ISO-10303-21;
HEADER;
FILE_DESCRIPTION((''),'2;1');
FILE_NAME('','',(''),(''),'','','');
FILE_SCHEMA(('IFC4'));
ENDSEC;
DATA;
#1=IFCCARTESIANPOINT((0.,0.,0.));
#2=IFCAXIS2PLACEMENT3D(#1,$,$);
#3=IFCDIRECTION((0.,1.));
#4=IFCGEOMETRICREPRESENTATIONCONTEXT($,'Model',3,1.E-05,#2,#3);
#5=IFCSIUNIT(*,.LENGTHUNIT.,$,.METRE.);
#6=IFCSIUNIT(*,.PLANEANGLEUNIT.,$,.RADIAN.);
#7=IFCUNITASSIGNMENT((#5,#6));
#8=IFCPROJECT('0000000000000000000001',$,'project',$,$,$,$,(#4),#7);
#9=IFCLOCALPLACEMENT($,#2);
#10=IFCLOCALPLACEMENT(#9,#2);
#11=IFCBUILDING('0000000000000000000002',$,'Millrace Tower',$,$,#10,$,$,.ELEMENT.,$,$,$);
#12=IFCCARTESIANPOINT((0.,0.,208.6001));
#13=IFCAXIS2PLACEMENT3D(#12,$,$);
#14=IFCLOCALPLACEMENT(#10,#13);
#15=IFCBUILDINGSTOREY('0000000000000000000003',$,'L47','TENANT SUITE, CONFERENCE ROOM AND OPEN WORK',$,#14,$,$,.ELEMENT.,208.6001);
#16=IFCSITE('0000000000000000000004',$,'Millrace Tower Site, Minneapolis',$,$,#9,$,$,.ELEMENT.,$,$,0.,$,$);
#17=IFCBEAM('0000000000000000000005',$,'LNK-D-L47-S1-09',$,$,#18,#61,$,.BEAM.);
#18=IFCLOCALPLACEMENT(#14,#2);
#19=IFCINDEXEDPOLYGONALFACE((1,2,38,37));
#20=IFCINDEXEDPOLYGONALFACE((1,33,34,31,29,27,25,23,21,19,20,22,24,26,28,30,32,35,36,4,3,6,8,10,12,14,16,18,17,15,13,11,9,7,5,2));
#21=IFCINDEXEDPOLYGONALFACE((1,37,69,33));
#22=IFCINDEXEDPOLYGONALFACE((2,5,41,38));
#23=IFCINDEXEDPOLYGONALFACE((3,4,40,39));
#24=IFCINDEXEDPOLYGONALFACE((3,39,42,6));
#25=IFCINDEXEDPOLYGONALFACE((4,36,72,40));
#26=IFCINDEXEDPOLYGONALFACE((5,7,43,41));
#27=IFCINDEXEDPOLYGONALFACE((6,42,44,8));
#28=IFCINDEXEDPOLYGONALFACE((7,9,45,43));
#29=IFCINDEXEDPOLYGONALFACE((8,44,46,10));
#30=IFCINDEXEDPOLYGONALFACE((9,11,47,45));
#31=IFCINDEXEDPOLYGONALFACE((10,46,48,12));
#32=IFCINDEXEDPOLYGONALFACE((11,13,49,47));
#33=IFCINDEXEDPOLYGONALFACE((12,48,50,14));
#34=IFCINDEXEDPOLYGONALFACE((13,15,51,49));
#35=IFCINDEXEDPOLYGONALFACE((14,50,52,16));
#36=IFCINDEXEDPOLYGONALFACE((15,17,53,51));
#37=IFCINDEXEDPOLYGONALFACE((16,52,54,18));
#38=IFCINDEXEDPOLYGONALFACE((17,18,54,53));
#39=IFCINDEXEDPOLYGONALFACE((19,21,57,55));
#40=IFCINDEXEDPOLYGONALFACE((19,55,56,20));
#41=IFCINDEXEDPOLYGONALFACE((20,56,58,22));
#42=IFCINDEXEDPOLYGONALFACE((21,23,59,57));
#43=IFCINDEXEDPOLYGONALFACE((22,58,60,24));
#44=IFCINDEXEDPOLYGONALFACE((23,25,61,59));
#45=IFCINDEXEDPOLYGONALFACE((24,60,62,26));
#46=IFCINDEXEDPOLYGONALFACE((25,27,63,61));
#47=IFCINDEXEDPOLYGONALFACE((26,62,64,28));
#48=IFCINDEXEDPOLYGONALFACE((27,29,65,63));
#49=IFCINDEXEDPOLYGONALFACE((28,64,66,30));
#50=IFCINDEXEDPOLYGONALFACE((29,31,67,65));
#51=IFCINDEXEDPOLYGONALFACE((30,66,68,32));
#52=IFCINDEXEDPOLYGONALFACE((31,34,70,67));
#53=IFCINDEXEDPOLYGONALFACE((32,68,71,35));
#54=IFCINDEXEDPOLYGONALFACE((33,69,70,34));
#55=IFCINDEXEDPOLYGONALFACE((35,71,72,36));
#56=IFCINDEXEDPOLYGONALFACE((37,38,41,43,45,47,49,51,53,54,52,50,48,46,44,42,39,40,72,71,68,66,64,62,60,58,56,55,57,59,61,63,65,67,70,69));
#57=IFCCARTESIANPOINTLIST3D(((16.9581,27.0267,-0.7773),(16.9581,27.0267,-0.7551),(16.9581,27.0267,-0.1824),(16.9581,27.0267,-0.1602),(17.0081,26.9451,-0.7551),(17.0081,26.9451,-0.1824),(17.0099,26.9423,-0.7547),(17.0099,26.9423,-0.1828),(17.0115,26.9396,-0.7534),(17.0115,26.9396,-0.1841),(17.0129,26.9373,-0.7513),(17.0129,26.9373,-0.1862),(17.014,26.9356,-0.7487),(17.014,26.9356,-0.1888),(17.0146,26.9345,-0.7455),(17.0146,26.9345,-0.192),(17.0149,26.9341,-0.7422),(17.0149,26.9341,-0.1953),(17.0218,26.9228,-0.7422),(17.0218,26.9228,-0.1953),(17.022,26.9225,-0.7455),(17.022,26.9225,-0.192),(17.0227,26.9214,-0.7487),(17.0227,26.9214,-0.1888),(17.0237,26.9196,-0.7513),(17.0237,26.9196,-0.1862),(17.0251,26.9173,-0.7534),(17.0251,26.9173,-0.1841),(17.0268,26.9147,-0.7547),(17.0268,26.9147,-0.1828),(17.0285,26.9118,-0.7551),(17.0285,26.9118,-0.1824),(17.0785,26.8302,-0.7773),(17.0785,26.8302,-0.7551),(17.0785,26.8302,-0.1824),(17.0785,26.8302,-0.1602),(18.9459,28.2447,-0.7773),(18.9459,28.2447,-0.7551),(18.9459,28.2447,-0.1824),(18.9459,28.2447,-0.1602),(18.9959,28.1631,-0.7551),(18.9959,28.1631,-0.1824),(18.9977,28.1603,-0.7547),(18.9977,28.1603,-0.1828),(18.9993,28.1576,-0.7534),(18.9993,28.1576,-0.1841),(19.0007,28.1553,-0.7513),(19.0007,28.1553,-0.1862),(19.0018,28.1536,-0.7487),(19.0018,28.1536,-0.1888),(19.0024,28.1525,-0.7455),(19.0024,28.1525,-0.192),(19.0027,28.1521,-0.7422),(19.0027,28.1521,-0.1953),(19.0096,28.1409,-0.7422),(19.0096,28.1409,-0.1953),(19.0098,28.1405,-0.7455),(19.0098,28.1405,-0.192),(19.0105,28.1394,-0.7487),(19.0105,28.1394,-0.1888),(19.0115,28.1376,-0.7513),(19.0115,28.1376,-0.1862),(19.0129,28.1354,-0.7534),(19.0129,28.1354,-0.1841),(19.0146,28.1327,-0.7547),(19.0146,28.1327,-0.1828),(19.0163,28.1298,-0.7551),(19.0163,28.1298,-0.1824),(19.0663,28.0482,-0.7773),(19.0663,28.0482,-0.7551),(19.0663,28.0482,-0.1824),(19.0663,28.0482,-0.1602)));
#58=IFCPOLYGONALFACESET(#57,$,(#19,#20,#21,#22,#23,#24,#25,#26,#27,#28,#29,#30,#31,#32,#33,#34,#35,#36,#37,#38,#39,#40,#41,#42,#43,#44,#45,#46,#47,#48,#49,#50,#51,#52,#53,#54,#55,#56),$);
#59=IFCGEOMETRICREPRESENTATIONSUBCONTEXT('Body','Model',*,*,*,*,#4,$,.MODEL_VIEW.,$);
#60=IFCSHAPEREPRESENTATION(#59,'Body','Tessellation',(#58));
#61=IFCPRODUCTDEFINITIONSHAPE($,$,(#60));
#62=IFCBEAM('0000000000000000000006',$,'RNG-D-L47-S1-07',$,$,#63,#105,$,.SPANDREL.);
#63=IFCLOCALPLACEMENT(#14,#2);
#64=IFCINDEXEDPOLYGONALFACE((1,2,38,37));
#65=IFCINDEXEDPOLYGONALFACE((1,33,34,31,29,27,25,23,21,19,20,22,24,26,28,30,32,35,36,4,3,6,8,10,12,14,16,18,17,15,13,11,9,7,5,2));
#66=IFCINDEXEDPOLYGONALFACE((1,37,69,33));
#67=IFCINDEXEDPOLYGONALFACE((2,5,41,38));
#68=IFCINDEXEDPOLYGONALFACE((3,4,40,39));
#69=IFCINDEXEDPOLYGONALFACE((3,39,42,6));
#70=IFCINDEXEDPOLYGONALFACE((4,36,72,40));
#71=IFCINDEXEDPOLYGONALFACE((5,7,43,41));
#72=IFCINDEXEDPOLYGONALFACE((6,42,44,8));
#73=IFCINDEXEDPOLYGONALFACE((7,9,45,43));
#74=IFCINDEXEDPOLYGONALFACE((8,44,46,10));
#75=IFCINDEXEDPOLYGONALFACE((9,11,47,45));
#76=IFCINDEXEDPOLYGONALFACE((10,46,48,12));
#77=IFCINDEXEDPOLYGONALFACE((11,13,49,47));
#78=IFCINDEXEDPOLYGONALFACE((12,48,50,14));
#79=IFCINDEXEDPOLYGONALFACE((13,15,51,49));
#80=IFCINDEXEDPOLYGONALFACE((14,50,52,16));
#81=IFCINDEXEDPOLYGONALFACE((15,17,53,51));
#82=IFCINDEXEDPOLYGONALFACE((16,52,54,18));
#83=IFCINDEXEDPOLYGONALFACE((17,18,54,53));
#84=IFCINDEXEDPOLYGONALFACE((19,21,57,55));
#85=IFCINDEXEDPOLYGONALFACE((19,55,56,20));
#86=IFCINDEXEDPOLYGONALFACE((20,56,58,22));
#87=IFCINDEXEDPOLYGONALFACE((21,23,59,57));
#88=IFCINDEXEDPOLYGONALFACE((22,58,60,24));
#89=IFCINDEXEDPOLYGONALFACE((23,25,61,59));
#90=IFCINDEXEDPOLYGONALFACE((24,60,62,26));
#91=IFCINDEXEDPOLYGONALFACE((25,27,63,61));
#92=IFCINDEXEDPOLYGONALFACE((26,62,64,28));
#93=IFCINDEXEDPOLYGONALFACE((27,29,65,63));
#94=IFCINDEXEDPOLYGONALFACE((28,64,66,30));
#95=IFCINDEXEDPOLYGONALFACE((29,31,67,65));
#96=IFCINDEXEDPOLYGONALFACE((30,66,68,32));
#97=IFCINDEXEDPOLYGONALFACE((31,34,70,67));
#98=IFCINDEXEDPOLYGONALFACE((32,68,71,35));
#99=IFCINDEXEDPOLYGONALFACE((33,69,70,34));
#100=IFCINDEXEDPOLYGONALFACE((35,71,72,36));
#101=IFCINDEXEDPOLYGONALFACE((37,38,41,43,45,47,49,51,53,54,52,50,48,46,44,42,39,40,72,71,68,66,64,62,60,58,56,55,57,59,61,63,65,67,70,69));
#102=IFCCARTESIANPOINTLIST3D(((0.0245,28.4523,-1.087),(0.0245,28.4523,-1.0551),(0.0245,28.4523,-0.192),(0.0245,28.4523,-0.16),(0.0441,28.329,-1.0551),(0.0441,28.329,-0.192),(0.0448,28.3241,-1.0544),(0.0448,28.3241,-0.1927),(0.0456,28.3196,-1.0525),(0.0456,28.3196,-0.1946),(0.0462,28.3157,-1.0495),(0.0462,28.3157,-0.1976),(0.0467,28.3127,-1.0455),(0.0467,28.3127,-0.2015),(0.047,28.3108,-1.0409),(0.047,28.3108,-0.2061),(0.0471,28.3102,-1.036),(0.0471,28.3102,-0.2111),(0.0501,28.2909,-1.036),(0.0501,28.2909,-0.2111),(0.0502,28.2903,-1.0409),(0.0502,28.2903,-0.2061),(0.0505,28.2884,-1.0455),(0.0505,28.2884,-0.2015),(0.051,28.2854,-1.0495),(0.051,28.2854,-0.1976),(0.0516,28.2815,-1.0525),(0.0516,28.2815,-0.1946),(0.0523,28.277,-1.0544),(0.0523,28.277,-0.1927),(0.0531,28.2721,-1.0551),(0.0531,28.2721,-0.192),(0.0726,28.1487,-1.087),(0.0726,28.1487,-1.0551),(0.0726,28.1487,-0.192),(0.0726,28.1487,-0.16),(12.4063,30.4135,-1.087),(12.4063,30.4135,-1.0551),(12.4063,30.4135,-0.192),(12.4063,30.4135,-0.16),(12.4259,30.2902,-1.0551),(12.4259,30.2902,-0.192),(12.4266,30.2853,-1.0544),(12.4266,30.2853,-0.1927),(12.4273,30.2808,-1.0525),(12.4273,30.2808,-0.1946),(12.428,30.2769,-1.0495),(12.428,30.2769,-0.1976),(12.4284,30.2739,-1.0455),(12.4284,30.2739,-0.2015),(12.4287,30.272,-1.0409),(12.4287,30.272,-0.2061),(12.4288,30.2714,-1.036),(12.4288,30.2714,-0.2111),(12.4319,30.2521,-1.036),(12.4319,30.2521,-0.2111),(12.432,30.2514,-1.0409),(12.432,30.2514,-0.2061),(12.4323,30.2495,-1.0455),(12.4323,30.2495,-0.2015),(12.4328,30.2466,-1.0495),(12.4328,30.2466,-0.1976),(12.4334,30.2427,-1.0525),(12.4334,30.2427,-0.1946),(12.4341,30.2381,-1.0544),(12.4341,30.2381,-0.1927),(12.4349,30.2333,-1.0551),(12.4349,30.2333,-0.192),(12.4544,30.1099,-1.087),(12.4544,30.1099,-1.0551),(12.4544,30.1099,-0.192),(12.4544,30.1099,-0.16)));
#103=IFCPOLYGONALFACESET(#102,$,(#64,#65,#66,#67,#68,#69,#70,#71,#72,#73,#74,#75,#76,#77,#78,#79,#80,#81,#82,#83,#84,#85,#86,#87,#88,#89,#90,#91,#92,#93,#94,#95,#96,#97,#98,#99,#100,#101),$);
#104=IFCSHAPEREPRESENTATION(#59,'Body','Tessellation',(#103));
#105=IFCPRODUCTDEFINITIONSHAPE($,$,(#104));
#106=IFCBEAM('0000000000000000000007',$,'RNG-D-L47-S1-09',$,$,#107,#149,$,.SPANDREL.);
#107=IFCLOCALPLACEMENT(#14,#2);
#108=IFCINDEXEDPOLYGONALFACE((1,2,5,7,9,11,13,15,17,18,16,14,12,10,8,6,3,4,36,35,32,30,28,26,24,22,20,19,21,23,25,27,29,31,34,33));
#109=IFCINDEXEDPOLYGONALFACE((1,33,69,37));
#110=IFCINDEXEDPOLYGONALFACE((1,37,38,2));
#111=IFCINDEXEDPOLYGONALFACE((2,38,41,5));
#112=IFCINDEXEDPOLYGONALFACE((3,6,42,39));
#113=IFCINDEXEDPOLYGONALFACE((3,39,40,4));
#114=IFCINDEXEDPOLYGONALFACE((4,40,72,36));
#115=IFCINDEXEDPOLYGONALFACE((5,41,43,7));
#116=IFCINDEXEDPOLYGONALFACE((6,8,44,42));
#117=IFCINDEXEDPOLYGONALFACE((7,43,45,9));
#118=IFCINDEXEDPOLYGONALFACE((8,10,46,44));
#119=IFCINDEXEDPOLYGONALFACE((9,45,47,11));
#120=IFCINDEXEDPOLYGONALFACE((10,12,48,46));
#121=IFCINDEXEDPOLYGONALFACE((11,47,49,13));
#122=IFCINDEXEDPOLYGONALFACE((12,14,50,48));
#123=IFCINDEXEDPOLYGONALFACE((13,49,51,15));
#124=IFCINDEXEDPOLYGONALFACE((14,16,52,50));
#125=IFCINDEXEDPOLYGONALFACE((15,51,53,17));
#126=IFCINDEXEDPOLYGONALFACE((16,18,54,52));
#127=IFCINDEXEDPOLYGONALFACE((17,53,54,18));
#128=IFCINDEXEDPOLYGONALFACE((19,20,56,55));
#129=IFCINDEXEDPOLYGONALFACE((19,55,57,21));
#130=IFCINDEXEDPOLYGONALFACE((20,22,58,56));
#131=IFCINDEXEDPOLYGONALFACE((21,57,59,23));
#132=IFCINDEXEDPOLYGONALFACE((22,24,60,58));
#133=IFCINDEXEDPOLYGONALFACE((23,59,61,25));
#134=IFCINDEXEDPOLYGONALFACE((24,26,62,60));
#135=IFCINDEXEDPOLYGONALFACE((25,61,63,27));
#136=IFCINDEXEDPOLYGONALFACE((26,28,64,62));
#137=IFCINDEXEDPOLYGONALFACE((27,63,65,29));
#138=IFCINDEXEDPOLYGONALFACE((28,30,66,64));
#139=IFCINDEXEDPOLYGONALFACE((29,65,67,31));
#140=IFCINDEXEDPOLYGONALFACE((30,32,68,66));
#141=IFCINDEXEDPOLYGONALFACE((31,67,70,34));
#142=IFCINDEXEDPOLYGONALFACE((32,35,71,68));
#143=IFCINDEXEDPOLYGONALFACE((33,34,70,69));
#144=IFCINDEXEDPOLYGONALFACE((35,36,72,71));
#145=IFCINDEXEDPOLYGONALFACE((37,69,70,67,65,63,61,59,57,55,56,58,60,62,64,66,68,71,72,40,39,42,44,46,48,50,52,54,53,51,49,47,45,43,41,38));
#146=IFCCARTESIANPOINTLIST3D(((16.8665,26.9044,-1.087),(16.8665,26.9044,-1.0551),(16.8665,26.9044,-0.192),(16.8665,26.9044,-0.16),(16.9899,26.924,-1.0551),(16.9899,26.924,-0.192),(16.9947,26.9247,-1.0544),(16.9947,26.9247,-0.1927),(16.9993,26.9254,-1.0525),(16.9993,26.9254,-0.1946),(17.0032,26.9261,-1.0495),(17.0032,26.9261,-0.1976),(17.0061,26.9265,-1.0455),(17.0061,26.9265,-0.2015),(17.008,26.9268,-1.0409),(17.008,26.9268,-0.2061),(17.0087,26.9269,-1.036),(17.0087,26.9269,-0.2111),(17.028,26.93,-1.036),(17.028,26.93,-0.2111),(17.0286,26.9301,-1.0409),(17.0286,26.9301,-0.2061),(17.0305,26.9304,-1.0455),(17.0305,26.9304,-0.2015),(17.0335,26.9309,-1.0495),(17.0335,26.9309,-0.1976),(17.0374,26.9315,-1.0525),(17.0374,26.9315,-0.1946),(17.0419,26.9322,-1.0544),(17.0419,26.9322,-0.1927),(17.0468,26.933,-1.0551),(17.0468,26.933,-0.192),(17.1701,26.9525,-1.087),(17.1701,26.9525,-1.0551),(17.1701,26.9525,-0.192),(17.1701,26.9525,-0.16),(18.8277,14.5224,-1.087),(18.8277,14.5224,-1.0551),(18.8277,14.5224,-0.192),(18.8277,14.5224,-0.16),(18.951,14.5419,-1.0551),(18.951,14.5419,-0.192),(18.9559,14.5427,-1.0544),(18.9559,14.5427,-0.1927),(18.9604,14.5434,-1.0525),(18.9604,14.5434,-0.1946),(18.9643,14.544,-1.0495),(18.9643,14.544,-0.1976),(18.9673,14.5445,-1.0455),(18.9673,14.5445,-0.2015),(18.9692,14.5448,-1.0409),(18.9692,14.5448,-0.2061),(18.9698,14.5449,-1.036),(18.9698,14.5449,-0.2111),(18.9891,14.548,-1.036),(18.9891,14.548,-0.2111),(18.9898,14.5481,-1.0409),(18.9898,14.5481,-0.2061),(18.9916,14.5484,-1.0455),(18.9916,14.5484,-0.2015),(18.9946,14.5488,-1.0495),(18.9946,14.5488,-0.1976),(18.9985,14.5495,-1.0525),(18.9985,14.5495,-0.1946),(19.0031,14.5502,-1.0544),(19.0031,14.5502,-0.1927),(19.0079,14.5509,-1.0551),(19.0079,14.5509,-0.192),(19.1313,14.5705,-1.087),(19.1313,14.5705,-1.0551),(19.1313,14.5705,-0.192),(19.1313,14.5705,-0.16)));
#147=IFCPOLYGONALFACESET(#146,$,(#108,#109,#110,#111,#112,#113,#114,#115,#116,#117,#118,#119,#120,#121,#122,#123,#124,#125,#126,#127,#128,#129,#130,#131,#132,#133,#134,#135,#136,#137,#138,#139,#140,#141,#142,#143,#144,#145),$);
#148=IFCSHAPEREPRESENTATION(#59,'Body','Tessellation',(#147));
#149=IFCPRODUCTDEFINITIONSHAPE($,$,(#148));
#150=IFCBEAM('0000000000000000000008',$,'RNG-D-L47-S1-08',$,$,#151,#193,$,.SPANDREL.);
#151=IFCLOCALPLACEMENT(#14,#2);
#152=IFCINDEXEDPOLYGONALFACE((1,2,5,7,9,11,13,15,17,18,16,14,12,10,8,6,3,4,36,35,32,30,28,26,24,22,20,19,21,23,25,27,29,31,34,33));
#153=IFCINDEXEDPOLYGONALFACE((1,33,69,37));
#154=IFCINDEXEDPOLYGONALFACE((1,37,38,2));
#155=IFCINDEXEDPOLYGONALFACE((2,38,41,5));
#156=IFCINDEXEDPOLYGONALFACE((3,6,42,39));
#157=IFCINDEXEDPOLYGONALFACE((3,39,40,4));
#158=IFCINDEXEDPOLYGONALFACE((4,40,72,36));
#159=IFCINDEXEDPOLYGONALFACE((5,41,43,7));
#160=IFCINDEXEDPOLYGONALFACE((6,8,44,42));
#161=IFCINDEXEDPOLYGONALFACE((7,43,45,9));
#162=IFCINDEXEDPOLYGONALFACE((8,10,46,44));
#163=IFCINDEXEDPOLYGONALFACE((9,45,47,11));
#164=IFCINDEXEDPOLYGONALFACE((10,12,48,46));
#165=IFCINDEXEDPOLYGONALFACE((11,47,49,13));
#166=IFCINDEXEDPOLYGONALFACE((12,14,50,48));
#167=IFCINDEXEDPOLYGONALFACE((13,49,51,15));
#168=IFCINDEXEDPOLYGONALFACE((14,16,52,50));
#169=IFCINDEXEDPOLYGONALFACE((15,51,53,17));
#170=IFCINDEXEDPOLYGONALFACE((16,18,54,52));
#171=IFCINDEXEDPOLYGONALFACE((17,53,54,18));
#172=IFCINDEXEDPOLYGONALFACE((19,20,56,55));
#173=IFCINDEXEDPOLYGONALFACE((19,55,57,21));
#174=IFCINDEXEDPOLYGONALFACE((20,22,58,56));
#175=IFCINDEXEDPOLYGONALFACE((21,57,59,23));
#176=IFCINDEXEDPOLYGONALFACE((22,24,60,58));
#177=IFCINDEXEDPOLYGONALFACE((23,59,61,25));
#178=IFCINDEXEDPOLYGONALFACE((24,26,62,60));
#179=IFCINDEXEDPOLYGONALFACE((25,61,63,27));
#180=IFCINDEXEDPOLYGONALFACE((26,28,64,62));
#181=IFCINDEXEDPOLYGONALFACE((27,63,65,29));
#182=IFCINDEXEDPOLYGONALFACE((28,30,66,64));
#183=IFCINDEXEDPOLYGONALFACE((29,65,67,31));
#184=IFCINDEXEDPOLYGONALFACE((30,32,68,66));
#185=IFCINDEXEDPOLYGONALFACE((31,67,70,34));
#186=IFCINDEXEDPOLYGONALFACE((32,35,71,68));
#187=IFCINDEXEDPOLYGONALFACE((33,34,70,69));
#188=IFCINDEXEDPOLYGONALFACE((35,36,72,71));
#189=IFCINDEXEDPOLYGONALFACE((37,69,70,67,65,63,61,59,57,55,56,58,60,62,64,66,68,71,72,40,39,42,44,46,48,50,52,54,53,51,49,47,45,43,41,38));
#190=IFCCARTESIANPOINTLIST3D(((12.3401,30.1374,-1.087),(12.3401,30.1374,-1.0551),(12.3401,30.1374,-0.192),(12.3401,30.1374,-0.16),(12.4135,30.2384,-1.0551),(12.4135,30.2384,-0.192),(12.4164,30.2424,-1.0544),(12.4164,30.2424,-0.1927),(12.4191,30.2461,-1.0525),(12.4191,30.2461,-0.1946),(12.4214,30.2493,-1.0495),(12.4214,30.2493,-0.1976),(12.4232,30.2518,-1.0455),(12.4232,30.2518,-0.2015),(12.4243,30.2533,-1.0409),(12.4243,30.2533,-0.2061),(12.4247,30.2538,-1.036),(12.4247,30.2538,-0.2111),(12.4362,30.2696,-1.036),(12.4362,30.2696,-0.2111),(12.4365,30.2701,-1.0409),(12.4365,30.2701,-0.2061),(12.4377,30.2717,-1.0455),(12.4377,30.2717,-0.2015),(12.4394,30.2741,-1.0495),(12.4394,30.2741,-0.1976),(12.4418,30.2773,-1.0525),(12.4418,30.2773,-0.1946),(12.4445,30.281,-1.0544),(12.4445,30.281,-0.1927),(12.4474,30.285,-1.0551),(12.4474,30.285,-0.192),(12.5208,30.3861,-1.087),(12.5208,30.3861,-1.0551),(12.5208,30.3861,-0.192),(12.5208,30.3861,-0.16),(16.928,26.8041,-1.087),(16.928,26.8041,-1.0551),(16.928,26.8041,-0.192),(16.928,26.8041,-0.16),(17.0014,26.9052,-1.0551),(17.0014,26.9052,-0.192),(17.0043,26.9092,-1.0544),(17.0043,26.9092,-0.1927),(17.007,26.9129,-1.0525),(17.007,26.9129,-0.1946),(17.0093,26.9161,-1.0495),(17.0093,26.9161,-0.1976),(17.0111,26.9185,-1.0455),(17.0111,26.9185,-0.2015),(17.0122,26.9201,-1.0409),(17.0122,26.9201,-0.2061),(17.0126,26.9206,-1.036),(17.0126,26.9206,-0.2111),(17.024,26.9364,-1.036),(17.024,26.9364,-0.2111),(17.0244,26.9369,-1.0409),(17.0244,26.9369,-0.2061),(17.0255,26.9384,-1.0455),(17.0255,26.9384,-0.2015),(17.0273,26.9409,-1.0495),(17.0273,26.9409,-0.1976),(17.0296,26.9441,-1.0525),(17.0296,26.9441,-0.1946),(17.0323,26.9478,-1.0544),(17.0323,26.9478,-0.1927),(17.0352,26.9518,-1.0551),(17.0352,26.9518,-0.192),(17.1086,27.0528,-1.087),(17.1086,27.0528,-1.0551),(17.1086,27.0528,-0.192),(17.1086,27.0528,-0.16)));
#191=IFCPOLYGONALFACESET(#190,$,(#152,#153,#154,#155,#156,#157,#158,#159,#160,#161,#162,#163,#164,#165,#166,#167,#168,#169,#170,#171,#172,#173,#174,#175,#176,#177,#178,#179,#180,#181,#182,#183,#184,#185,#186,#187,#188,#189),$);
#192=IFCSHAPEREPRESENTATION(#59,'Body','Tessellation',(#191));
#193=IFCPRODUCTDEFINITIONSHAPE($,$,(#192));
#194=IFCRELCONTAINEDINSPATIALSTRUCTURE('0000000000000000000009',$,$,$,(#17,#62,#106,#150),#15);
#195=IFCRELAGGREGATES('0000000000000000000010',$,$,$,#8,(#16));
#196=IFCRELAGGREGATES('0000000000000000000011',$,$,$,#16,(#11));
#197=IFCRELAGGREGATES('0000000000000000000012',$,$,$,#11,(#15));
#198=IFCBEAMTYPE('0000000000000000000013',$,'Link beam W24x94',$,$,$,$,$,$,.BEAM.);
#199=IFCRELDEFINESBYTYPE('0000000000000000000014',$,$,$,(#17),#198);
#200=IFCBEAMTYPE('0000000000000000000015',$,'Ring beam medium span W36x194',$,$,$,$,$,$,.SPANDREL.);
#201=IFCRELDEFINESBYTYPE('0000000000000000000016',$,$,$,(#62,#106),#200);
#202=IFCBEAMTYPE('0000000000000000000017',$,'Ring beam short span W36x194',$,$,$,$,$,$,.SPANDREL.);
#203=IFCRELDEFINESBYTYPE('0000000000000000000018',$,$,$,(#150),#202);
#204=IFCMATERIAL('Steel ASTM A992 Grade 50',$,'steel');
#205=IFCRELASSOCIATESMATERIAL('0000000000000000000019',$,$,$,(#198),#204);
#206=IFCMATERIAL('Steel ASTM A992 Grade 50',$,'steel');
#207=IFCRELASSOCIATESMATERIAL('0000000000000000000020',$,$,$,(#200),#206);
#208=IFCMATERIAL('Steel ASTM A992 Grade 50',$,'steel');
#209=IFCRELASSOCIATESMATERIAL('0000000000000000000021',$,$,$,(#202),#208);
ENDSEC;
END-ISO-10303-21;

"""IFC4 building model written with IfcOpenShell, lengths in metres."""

from ifc_helpers import new_model, si_unit, direction, frame, origin, origin_2d, place, context, subcontext, project, spatial, i_section, extrude, material, material_profile, profile_set, type_object, element, save


model = new_model("IFC4")

# Units and contexts
model_context = context("Model", 3, precision=1e-05, world=origin(), true_north=direction((0.0, 1.0)))
body_context = subcontext(model_context, "Body", "Model", "MODEL_VIEW")
ifc_project = project(units=[si_unit("LENGTHUNIT", "METRE"), si_unit("PLANEANGLEUNIT", "RADIAN")], contexts=[model_context])

# Site, building, storey
site_placement = place(None, origin())
site = spatial("IfcSite", under=ifc_project, at=site_placement, Name="Millrace Tower Site, Minneapolis", CompositionType="ELEMENT", RefElevation=0.0)
building_placement = place(site_placement, origin())
building = spatial("IfcBuilding", under=site, at=building_placement, Name="Millrace Tower", CompositionType="ELEMENT")
storey_placement = place(building_placement, frame((0.0, 0.0, 208.6001)))
storey = spatial("IfcBuildingStorey", under=building, at=storey_placement, Name="L47", Description="TENANT SUITE, CONFERENCE ROOM AND OPEN WORK", CompositionType="ELEMENT", Elevation=208.6001)

# Beams
ifc_material_1 = material(Name="Steel ASTM A992 Grade 50", Category="steel")
ifc_material_profile_1 = material_profile(ifc_material_1, i_section(OverallWidth=0.2305, OverallDepth=0.6172, WebThickness=0.0132, FlangeThickness=0.0222, FilletRadius=0.0129, at=origin_2d()))
ifc_profile_set_1 = profile_set([ifc_material_profile_1], Name="Steel ASTM A992 Grade 50")
beam_type_1 = type_object("IfcBeamType", Name="Link beam W24x94", PredefinedType="BEAM", material=ifc_profile_set_1)
beam_1_placement = place(storey_placement, frame((17.0183, 26.9285, -0.4688), z_axis=(0.85266, 0.522466, 0.0), x_axis=(-0.522466, 0.85266, 0.0)))
element("IfcBeam", 1, at=beam_1_placement, inside=storey, type_object=beam_type_1, Name="LNK-D-L47-S1-09", PredefinedType="BEAM", context=body_context, shape_type="SweptSolid", body=[
    extrude(i_section(OverallWidth=0.2305, OverallDepth=0.6172, WebThickness=0.0132, FlangeThickness=0.0222, FilletRadius=0.0129, at=origin_2d()), origin(), (0.0, 0.0, 1.0), 2.3313),
])
ifc_material_2 = material(Name="Steel ASTM A992 Grade 50", Category="steel")
ifc_material_profile_2 = material_profile(ifc_material_2, i_section(OverallWidth=0.3074, OverallDepth=0.927, WebThickness=0.0195, FlangeThickness=0.032, FilletRadius=0.019, at=origin_2d()))
ifc_profile_set_2 = profile_set([ifc_material_profile_2], Name="Steel ASTM A992 Grade 50")
beam_type_2 = type_object("IfcBeamType", Name="Ring beam medium span W36x194", PredefinedType="SPANDREL", material=ifc_profile_set_2)
beam_2_placement = place(storey_placement, frame((0.0486, 28.3005, -0.6235), z_axis=(0.987687, 0.156442, 0.0), x_axis=(-0.156442, 0.987687, 0.0)))
element("IfcBeam", 2, at=beam_2_placement, inside=storey, type_object=beam_type_2, Name="RNG-D-L47-S1-07", PredefinedType="SPANDREL", context=body_context, shape_type="SweptSolid", body=[
    extrude(i_section(OverallWidth=0.3074, OverallDepth=0.927, WebThickness=0.0195, FlangeThickness=0.032, FilletRadius=0.019, at=origin_2d()), origin(), (0.0, 0.0, 1.0), 12.5361),
])
beam_3_placement = place(storey_placement, frame((17.0183, 26.9285, -0.6235), z_axis=(0.156439, -0.987688, 0.0), x_axis=(0.987688, 0.156439, 0.0)))
element("IfcBeam", 3, at=beam_3_placement, inside=storey, type_object=beam_type_2, Name="RNG-D-L47-S1-09", PredefinedType="SPANDREL", context=body_context, shape_type="SweptSolid", body=[
    extrude(i_section(OverallWidth=0.3074, OverallDepth=0.927, WebThickness=0.0195, FlangeThickness=0.032, FilletRadius=0.019, at=origin_2d()), origin(), (0.0, 0.0, 1.0), 12.5364),
])
ifc_material_3 = material(Name="Steel ASTM A992 Grade 50", Category="steel")
ifc_material_profile_3 = material_profile(ifc_material_3, i_section(OverallWidth=0.3074, OverallDepth=0.927, WebThickness=0.0195, FlangeThickness=0.032, FilletRadius=0.019, at=origin_2d()))
ifc_profile_set_3 = profile_set([ifc_material_profile_3], Name="Steel ASTM A992 Grade 50")
beam_type_3 = type_object("IfcBeamType", Name="Ring beam short span W36x194", PredefinedType="SPANDREL", material=ifc_profile_set_3)
beam_4_placement = place(storey_placement, frame((12.4304, 30.2617, -0.6235), z_axis=(0.809021, -0.58778, 0.0), x_axis=(0.58778, 0.809021, 0.0)))
element("IfcBeam", 4, at=beam_4_placement, inside=storey, type_object=beam_type_3, Name="RNG-D-L47-S1-08", PredefinedType="SPANDREL", context=body_context, shape_type="SweptSolid", body=[
    extrude(i_section(OverallWidth=0.3074, OverallDepth=0.927, WebThickness=0.0195, FlangeThickness=0.032, FilletRadius=0.019, at=origin_2d()), origin(), (0.0, 0.0, 1.0), 5.6709),
])

save(model, "model.ifc")
